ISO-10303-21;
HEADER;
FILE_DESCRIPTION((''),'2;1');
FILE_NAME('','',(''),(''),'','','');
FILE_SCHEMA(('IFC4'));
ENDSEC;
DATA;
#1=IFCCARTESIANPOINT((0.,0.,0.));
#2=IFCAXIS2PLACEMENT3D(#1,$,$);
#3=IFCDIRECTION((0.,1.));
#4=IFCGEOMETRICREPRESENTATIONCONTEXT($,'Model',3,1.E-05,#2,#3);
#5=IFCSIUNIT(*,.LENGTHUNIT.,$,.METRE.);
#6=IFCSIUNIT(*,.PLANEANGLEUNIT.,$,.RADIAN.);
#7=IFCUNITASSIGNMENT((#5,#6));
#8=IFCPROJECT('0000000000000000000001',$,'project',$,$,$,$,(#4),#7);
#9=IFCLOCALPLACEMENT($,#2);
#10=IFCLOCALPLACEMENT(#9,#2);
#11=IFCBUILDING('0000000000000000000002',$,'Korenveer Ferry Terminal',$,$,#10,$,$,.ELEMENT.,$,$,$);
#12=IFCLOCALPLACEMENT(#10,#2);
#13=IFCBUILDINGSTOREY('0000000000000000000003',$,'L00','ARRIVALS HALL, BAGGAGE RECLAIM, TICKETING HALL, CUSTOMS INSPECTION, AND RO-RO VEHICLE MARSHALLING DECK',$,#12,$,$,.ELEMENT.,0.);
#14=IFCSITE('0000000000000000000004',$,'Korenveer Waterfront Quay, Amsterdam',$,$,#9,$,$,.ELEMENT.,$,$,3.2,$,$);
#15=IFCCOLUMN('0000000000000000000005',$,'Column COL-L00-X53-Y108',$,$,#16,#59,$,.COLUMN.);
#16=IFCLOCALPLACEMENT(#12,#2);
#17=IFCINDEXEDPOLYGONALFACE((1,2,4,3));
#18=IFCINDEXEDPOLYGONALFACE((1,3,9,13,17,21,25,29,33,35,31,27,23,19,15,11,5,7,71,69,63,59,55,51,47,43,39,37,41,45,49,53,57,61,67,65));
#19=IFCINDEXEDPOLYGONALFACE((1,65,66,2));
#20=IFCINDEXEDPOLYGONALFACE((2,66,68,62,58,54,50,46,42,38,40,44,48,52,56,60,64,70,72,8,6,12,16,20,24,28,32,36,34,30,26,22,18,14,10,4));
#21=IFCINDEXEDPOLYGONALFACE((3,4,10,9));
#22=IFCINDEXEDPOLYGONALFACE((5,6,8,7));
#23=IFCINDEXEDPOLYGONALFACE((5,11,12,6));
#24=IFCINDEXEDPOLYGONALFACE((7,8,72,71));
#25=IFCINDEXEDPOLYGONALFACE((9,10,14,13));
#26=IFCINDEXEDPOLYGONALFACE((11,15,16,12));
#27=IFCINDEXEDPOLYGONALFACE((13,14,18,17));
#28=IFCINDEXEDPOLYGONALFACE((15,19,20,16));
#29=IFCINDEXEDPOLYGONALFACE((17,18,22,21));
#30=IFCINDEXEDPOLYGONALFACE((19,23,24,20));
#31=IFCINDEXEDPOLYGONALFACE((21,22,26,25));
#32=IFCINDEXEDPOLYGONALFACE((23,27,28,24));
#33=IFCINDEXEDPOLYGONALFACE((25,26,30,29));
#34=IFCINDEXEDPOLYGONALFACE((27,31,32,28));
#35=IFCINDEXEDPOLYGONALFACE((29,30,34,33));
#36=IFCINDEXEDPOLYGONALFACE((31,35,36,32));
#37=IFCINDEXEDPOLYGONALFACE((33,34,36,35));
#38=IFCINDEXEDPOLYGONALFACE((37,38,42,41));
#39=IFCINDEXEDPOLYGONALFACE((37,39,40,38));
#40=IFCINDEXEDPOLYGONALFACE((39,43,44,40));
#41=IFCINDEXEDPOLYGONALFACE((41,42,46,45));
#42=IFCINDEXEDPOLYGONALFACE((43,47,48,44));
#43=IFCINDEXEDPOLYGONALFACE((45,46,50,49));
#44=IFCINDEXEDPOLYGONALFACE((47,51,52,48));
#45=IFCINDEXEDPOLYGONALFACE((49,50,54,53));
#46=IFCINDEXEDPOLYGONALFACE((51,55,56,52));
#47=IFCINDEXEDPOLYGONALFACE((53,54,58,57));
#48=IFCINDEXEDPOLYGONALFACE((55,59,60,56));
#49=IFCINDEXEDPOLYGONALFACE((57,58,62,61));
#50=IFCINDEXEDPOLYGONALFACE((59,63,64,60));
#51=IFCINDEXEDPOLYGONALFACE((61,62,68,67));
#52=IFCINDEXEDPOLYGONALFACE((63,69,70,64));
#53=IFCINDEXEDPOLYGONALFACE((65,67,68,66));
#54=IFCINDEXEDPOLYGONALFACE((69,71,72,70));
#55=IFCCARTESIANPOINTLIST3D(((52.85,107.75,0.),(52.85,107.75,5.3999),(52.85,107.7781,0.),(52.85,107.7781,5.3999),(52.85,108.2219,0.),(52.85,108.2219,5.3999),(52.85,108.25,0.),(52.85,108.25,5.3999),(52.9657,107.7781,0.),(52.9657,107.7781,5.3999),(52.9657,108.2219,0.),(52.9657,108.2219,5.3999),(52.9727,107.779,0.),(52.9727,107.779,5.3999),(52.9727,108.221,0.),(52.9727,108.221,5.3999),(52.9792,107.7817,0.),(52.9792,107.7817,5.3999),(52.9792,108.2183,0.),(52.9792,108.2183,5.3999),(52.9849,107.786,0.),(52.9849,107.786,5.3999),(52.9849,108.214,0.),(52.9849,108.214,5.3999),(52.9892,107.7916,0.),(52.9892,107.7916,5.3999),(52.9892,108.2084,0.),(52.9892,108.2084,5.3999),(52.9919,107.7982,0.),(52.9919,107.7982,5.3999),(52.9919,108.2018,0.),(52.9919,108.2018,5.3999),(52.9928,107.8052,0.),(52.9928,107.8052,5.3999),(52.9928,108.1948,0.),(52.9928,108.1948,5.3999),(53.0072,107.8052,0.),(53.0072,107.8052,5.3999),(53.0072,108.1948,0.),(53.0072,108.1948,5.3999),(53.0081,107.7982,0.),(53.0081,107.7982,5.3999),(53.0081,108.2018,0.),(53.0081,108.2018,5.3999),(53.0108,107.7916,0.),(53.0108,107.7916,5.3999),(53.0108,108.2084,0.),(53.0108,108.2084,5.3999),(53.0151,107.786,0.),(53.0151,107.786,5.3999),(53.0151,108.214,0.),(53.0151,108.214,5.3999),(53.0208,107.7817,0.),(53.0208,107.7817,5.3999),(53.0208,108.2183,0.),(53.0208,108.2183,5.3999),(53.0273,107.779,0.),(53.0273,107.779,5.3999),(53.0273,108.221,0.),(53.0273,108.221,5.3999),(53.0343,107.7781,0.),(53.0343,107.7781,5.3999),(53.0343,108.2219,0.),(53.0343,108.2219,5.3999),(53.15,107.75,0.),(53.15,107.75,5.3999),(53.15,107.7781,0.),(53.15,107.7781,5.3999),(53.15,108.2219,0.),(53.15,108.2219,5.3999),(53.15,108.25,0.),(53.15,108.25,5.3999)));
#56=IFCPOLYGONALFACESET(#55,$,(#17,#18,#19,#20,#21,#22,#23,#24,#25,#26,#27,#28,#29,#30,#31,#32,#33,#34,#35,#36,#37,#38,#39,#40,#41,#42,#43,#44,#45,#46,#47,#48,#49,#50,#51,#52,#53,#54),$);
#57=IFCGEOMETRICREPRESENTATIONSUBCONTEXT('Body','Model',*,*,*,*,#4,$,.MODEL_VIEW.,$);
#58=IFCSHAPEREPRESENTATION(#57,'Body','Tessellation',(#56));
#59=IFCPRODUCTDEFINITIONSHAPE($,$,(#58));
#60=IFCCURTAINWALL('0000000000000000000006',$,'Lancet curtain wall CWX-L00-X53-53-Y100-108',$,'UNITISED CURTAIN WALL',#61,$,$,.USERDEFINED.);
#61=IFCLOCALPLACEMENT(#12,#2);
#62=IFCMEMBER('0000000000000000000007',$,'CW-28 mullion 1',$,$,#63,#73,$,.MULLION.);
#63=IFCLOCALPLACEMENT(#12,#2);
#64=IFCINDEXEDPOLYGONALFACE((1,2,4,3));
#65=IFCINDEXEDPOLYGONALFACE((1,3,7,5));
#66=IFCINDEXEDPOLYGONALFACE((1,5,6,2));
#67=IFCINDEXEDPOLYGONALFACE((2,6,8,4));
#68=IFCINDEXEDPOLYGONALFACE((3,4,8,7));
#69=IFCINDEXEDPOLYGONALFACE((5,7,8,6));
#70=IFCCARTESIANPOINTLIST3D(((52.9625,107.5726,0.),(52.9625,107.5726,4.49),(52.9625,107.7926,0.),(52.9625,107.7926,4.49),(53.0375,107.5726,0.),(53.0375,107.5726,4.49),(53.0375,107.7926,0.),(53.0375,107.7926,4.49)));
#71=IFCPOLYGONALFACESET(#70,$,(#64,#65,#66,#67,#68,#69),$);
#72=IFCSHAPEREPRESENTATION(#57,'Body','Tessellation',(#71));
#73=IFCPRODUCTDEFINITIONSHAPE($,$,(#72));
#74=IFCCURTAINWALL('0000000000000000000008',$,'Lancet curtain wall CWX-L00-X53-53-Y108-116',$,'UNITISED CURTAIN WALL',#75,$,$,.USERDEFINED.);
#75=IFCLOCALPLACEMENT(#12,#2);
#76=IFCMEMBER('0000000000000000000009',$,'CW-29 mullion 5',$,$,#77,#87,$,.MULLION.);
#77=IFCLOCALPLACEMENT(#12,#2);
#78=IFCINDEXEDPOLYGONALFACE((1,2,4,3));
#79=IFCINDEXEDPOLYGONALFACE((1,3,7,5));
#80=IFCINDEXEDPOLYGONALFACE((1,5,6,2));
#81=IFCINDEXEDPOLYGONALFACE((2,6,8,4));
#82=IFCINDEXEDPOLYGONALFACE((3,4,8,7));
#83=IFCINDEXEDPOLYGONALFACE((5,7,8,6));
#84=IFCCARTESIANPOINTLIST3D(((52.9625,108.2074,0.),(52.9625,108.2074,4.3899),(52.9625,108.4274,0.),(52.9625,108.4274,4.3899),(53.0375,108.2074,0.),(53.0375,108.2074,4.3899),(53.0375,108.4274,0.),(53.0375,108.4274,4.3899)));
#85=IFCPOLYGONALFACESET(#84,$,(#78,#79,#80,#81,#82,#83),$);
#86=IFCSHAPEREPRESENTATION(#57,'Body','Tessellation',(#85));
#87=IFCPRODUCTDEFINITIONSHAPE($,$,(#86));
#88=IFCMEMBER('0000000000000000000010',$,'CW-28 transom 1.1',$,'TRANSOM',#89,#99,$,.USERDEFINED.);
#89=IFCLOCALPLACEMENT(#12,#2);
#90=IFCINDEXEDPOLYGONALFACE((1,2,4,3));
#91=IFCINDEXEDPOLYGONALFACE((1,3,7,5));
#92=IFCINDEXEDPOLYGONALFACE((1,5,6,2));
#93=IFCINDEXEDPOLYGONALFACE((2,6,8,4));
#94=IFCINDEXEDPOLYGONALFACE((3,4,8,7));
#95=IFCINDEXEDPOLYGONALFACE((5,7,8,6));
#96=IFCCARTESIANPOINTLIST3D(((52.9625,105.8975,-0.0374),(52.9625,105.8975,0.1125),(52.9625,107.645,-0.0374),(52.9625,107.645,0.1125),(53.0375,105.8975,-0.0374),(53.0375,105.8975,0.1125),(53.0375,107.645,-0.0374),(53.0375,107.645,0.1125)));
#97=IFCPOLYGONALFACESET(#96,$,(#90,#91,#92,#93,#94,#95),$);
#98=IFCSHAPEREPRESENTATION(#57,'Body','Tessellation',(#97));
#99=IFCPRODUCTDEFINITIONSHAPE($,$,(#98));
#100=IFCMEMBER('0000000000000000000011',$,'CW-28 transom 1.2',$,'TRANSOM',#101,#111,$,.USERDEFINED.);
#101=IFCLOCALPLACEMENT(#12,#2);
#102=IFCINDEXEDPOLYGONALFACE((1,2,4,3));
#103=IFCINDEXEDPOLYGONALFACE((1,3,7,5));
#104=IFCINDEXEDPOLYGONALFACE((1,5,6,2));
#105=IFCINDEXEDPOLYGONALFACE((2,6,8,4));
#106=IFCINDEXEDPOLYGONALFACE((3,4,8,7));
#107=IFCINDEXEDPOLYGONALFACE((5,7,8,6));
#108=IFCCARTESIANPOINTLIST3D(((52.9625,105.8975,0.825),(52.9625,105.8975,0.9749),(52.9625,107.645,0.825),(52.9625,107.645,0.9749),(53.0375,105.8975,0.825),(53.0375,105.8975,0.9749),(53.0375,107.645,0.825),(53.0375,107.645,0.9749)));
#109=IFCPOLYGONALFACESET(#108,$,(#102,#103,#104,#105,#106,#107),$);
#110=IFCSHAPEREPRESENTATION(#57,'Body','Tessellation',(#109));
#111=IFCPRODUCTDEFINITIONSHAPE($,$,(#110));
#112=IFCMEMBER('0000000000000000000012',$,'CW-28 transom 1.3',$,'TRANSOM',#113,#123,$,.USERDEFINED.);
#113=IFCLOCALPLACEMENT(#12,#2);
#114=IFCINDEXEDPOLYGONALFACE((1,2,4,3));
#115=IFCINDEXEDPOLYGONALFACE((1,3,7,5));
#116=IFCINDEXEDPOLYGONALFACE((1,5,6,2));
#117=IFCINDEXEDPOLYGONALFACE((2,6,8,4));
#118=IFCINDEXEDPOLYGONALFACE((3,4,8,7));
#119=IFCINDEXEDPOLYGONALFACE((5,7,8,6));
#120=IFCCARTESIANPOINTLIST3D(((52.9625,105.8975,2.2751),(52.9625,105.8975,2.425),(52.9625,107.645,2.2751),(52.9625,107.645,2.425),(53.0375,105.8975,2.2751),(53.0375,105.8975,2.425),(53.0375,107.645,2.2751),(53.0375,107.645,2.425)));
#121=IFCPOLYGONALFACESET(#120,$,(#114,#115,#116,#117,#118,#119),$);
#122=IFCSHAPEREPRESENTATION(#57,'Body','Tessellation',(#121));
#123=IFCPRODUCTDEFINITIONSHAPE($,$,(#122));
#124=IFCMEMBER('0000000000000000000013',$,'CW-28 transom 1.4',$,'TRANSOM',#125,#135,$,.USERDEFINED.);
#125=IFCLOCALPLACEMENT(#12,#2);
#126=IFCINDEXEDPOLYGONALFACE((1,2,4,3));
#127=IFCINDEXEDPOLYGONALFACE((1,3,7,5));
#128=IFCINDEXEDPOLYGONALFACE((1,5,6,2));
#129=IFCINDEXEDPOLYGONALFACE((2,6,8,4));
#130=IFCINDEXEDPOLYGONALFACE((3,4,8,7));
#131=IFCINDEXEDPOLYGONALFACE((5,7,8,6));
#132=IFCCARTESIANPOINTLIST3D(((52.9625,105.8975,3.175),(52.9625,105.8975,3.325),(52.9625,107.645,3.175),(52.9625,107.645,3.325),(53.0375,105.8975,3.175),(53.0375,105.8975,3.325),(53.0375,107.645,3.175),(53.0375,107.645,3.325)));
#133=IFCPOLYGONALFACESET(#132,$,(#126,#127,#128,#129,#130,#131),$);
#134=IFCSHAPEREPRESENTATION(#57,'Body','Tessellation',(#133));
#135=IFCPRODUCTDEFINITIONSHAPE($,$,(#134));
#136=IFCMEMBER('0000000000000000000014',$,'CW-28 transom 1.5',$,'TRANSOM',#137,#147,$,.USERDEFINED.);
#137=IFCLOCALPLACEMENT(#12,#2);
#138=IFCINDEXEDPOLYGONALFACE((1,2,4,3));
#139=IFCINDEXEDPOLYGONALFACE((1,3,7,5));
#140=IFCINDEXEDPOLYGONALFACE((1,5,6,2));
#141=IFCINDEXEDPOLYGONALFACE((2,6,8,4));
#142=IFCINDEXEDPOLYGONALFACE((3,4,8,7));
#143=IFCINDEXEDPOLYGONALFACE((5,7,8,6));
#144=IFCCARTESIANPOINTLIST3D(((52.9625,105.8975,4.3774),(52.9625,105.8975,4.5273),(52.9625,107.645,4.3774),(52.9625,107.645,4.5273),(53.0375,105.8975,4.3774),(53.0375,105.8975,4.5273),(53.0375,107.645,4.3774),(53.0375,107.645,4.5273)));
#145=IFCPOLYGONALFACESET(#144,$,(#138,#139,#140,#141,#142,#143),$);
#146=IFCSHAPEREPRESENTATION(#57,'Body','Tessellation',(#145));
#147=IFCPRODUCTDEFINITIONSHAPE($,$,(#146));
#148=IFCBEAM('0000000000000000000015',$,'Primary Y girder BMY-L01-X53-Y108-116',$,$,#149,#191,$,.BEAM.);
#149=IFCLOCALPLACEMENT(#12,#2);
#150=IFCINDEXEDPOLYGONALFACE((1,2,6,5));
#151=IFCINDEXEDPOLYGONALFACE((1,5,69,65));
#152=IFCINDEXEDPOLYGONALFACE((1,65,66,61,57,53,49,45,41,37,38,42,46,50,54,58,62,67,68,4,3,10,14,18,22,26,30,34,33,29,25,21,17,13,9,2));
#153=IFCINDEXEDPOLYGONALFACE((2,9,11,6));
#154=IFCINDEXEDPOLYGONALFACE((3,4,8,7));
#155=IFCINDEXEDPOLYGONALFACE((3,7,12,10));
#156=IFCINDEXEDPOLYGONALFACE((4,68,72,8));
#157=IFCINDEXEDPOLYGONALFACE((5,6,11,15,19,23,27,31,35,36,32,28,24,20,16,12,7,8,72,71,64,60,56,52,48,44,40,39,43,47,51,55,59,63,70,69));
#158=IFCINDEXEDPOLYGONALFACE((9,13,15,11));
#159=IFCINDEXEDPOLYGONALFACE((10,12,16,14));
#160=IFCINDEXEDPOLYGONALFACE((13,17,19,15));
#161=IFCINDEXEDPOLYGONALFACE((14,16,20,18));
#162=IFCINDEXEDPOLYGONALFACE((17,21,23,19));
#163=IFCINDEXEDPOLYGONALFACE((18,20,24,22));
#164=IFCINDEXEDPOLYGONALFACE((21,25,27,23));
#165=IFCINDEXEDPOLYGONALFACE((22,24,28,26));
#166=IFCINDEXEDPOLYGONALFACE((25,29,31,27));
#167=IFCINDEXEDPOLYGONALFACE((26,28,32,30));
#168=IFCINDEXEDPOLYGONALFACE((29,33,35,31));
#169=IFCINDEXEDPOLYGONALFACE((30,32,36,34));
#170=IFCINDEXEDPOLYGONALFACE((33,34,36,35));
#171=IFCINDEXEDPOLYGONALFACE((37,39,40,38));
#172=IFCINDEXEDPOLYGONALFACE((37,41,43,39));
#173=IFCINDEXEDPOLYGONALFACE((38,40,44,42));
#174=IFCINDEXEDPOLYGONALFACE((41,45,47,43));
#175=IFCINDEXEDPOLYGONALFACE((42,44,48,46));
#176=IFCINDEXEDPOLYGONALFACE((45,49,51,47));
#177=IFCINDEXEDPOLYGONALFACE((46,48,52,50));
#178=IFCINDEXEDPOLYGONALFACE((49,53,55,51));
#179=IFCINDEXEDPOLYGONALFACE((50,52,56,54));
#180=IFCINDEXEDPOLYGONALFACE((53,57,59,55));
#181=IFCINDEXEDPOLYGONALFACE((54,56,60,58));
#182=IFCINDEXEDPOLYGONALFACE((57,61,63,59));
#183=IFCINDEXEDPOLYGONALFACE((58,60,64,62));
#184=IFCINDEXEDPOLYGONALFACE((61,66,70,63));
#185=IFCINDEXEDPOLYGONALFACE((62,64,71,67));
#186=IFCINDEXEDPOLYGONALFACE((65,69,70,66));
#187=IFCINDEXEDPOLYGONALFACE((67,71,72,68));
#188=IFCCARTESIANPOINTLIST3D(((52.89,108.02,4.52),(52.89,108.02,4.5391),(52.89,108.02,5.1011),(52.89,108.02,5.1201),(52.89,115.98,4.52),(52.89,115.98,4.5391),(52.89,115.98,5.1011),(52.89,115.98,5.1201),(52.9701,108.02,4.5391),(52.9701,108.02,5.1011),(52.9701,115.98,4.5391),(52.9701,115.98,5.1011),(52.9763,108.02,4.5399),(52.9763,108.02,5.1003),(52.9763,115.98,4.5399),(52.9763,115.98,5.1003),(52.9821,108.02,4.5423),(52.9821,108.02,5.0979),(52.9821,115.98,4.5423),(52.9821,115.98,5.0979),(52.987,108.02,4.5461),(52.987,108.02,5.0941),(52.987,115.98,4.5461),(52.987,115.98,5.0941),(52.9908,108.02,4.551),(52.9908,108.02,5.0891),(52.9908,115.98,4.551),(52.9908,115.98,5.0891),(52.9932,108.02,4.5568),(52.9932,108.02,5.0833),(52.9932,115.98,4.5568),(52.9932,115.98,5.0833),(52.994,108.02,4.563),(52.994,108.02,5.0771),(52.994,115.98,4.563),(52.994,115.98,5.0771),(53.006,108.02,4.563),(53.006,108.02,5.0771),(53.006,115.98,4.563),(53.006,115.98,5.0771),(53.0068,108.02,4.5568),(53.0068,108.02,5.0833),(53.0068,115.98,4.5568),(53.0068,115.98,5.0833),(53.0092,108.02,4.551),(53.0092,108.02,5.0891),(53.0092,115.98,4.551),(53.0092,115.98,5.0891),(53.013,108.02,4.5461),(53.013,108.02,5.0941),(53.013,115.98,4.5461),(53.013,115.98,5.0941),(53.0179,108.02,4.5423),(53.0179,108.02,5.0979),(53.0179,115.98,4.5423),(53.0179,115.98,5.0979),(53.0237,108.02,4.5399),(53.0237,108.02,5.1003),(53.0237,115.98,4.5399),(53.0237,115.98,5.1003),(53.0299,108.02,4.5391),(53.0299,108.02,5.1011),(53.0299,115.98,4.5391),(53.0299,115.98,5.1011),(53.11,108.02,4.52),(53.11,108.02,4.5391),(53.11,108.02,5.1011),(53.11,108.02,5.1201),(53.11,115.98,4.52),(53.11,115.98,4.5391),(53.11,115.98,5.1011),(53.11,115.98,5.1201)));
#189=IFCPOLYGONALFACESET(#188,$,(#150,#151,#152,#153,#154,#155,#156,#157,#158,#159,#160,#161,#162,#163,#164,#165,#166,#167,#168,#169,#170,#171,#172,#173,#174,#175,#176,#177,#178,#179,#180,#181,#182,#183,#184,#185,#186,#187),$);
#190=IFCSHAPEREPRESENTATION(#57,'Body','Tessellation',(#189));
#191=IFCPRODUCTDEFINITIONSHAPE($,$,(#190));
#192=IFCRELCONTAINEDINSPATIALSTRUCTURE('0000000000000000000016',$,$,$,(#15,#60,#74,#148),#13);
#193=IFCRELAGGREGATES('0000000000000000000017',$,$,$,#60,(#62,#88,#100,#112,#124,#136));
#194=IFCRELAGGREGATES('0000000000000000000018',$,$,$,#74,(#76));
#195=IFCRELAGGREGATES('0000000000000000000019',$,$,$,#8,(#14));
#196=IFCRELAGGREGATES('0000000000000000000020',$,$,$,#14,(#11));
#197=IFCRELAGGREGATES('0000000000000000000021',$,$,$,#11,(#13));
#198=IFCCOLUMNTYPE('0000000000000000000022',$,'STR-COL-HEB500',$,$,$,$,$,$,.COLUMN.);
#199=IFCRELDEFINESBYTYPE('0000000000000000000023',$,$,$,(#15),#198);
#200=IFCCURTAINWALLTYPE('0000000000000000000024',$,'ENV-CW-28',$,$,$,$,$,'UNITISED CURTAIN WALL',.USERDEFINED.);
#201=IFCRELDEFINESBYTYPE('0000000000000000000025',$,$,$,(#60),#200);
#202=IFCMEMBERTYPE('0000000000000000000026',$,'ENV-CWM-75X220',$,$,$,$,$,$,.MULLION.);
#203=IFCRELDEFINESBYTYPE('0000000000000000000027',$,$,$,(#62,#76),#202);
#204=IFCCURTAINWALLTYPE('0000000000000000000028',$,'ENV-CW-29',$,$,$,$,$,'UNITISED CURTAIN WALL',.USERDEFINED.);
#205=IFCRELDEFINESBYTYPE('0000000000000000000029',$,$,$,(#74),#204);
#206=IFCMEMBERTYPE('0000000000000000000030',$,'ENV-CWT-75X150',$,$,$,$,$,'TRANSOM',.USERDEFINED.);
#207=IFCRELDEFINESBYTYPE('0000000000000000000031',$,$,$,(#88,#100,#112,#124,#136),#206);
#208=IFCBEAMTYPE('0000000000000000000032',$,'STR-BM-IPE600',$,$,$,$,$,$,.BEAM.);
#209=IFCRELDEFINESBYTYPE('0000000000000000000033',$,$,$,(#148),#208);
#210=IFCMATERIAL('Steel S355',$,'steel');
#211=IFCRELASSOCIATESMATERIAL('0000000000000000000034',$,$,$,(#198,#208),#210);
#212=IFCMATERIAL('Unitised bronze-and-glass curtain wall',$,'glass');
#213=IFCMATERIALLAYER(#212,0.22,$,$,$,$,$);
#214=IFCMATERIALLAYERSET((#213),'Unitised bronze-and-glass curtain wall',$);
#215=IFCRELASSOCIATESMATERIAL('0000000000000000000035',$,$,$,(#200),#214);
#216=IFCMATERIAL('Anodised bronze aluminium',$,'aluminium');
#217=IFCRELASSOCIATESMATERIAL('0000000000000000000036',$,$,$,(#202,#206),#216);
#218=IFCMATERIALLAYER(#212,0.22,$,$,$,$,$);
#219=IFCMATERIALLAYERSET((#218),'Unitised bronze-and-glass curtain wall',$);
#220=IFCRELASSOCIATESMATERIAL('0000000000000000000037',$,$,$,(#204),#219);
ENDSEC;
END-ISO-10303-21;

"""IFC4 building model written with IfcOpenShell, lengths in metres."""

from ifc_helpers import new_model, si_unit, direction, frame, origin, origin_2d, place, context, subcontext, project, spatial, rectangle, i_section, extrude, material, layer, layer_set, material_profile, profile_set, type_object, element, aggregate, save


model = new_model("IFC4")

# Units and contexts
model_context = context("Model", 3, precision=1e-05, world=origin(), true_north=direction((0.0, 1.0)))
body_context = subcontext(model_context, "Body", "Model", "MODEL_VIEW")
ifc_project = project(units=[si_unit("LENGTHUNIT", "METRE"), si_unit("PLANEANGLEUNIT", "RADIAN")], contexts=[model_context])

# Site, building, storey
site_placement = place(None, origin())
site = spatial("IfcSite", under=ifc_project, at=site_placement, Name="Korenveer Waterfront Quay, Amsterdam", CompositionType="ELEMENT", RefElevation=3.2)
building_placement = place(site_placement, origin())
building = spatial("IfcBuilding", under=site, at=building_placement, Name="Korenveer Ferry Terminal", CompositionType="ELEMENT")
storey_placement = place(building_placement, origin())
storey = spatial("IfcBuildingStorey", under=building, at=storey_placement, Name="L00", Description="ARRIVALS HALL, BAGGAGE RECLAIM, TICKETING HALL, CUSTOMS INSPECTION, AND RO-RO VEHICLE MARSHALLING DECK", CompositionType="ELEMENT", Elevation=0.0)

# Column
ifc_material_1 = material(Name="Steel S355", Category="steel")
ifc_material_profile_1 = material_profile(ifc_material_1, i_section(OverallWidth=0.3, OverallDepth=0.5, WebThickness=0.0144, FlangeThickness=0.0281, FilletRadius=0.0271, at=origin_2d()), Name="HEB 500")
ifc_profile_set_1 = profile_set([ifc_material_profile_1], Name="Steel S355")
column_type = type_object("IfcColumnType", Name="STR-COL-HEB500", PredefinedType="COLUMN", material=ifc_profile_set_1)
column_placement = place(storey_placement, frame((53.0, 108.0, 0.0), z_axis=(0.0, 0.0, 1.0), x_axis=(1.0, 0.0, 0.0)))
element("IfcColumn", 1, at=column_placement, inside=storey, type_object=column_type, Name="Column COL-L00-X53-Y108", PredefinedType="COLUMN", context=body_context, shape_type="SweptSolid", body=[
    extrude(i_section(OverallWidth=0.3, OverallDepth=0.5, WebThickness=0.0144, FlangeThickness=0.0281, FilletRadius=0.0271, at=origin_2d()), origin(), (0.0, 0.0, 1.0), 5.3999),
])

# Curtain walls, members
ifc_material_2 = material(Name="Unitised bronze-and-glass curtain wall", Category="glass")
ifc_layer_1 = layer(ifc_material_2, 0.22)
ifc_layer_set_1 = layer_set([ifc_layer_1], Name="Unitised bronze-and-glass curtain wall")
curtain_wall_type_1 = type_object("IfcCurtainWallType", Name="ENV-CW-28", ElementType="UNITISED CURTAIN WALL", PredefinedType="USERDEFINED", material=ifc_layer_set_1)
curtain_wall_1_placement = place(storey_placement, frame((53.0, 107.72, 0.0)))
curtain_wall_1 = element("IfcCurtainWall", 2, at=curtain_wall_1_placement, inside=storey, type_object=curtain_wall_type_1, Name="Lancet curtain wall CWX-L00-X53-53-Y100-108", ObjectType="UNITISED CURTAIN WALL", PredefinedType="USERDEFINED")
ifc_material_3 = material(Name="Anodised bronze aluminium", Category="aluminium")
ifc_material_profile_2 = material_profile(ifc_material_3, rectangle(XDim=0.075, YDim=0.22, at=origin_2d()), Name="ALU 75x220")
ifc_profile_set_2 = profile_set([ifc_material_profile_2], Name="Anodised bronze aluminium")
member_type_1 = type_object("IfcMemberType", Name="ENV-CWM-75X220", PredefinedType="MULLION", material=ifc_profile_set_2)
member_1_placement = place(storey_placement, frame((53.0, 107.6826, 0.0), z_axis=(0.0, 0.0, 1.0), x_axis=(1.0, 0.0, 0.0)))
member_1 = element("IfcMember", 3, at=member_1_placement, type_object=member_type_1, Name="CW-28 mullion 1", PredefinedType="MULLION", context=body_context, shape_type="SweptSolid", body=[
    extrude(rectangle(XDim=0.075, YDim=0.22, at=origin_2d()), origin(), (0.0, 0.0, 1.0), 4.49),
])
ifc_layer_2 = layer(ifc_material_2, 0.22)
ifc_layer_set_2 = layer_set([ifc_layer_2], Name="Unitised bronze-and-glass curtain wall")
curtain_wall_type_2 = type_object("IfcCurtainWallType", Name="ENV-CW-29", ElementType="UNITISED CURTAIN WALL", PredefinedType="USERDEFINED", material=ifc_layer_set_2)
curtain_wall_2_placement = place(storey_placement, frame((53.0, 115.72, 0.0)))
curtain_wall_2 = element("IfcCurtainWall", 4, at=curtain_wall_2_placement, inside=storey, type_object=curtain_wall_type_2, Name="Lancet curtain wall CWX-L00-X53-53-Y108-116", ObjectType="UNITISED CURTAIN WALL", PredefinedType="USERDEFINED")
member_2_placement = place(storey_placement, frame((53.0, 108.3174, 0.0), z_axis=(0.0, 0.0, 1.0), x_axis=(1.0, 0.0, 0.0)))
member_2 = element("IfcMember", 5, at=member_2_placement, type_object=member_type_1, Name="CW-29 mullion 5", PredefinedType="MULLION", context=body_context, shape_type="SweptSolid", body=[
    extrude(rectangle(XDim=0.075, YDim=0.22, at=origin_2d()), origin(), (0.0, 0.0, 1.0), 4.3899),
])

# Members
ifc_material_profile_3 = material_profile(ifc_material_3, rectangle(XDim=0.075, YDim=0.1499, at=origin_2d()), Name="ALU 75x150")
ifc_profile_set_3 = profile_set([ifc_material_profile_3], Name="Anodised bronze aluminium")
member_type_2 = type_object("IfcMemberType", Name="ENV-CWT-75X150", ElementType="TRANSOM", PredefinedType="USERDEFINED", material=ifc_profile_set_3)
member_3_placement = place(storey_placement, frame((53.0, 107.645, 0.0376), z_axis=(0.0, -1.0, 0.0), x_axis=(1.0, 0.0, 0.0)))
member_3 = element("IfcMember", 6, at=member_3_placement, type_object=member_type_2, Name="CW-28 transom 1.1", ObjectType="TRANSOM", PredefinedType="USERDEFINED", context=body_context, shape_type="SweptSolid", body=[
    extrude(rectangle(XDim=0.075, YDim=0.1499, at=origin_2d()), origin(), (0.0, 0.0, 1.0), 1.7476),
])
member_4_placement = place(storey_placement, frame((53.0, 107.645, 0.8999), z_axis=(0.0, -1.0, 0.0), x_axis=(1.0, 0.0, 0.0)))
member_4 = element("IfcMember", 7, at=member_4_placement, type_object=member_type_2, Name="CW-28 transom 1.2", ObjectType="TRANSOM", PredefinedType="USERDEFINED", context=body_context, shape_type="SweptSolid", body=[
    extrude(rectangle(XDim=0.075, YDim=0.1499, at=origin_2d()), origin(), (0.0, 0.0, 1.0), 1.7476),
])
member_5_placement = place(storey_placement, frame((53.0, 107.645, 2.3501), z_axis=(0.0, -1.0, 0.0), x_axis=(1.0, 0.0, 0.0)))
member_5 = element("IfcMember", 8, at=member_5_placement, type_object=member_type_2, Name="CW-28 transom 1.3", ObjectType="TRANSOM", PredefinedType="USERDEFINED", context=body_context, shape_type="SweptSolid", body=[
    extrude(rectangle(XDim=0.075, YDim=0.1499, at=origin_2d()), origin(), (0.0, 0.0, 1.0), 1.7476),
])
member_6_placement = place(storey_placement, frame((53.0, 107.645, 3.25), z_axis=(0.0, -1.0, 0.0), x_axis=(1.0, 0.0, 0.0)))
member_6 = element("IfcMember", 9, at=member_6_placement, type_object=member_type_2, Name="CW-28 transom 1.4", ObjectType="TRANSOM", PredefinedType="USERDEFINED", context=body_context, shape_type="SweptSolid", body=[
    extrude(rectangle(XDim=0.075, YDim=0.1499, at=origin_2d()), origin(), (0.0, 0.0, 1.0), 1.7476),
])
member_7_placement = place(storey_placement, frame((53.0, 107.645, 4.4524), z_axis=(0.0, -1.0, 0.0), x_axis=(1.0, 0.0, 0.0)))
member_7 = element("IfcMember", 10, at=member_7_placement, type_object=member_type_2, Name="CW-28 transom 1.5", ObjectType="TRANSOM", PredefinedType="USERDEFINED", context=body_context, shape_type="SweptSolid", body=[
    extrude(rectangle(XDim=0.075, YDim=0.1499, at=origin_2d()), origin(), (0.0, 0.0, 1.0), 1.7476),
])
aggregate(curtain_wall_1, [member_1, member_3, member_4, member_5, member_6, member_7])

# Beam
ifc_material_profile_4 = material_profile(ifc_material_1, i_section(OverallWidth=0.22, OverallDepth=0.6001, WebThickness=0.012, FlangeThickness=0.019, FilletRadius=0.0239, at=origin_2d()), Name="IPE 600")
ifc_profile_set_4 = profile_set([ifc_material_profile_4], Name="Steel S355")
beam_type_1 = type_object("IfcBeamType", Name="STR-BM-IPE600", PredefinedType="BEAM", material=ifc_profile_set_4)
beam_placement = place(storey_placement, frame((53.0, 108.02, 4.8201), z_axis=(0.0, 1.0, 0.0), x_axis=(-1.0, 0.0, 0.0)))
element("IfcBeam", 11, at=beam_placement, inside=storey, type_object=beam_type_1, Name="Primary Y girder BMY-L01-X53-Y108-116", PredefinedType="BEAM", context=body_context, shape_type="SweptSolid", body=[
    extrude(i_section(OverallWidth=0.22, OverallDepth=0.6001, WebThickness=0.012, FlangeThickness=0.019, FilletRadius=0.0239, at=origin_2d()), origin(), (0.0, 0.0, 1.0), 7.96),
])

aggregate(curtain_wall_2, [member_2])

save(model, "model.ifc")
